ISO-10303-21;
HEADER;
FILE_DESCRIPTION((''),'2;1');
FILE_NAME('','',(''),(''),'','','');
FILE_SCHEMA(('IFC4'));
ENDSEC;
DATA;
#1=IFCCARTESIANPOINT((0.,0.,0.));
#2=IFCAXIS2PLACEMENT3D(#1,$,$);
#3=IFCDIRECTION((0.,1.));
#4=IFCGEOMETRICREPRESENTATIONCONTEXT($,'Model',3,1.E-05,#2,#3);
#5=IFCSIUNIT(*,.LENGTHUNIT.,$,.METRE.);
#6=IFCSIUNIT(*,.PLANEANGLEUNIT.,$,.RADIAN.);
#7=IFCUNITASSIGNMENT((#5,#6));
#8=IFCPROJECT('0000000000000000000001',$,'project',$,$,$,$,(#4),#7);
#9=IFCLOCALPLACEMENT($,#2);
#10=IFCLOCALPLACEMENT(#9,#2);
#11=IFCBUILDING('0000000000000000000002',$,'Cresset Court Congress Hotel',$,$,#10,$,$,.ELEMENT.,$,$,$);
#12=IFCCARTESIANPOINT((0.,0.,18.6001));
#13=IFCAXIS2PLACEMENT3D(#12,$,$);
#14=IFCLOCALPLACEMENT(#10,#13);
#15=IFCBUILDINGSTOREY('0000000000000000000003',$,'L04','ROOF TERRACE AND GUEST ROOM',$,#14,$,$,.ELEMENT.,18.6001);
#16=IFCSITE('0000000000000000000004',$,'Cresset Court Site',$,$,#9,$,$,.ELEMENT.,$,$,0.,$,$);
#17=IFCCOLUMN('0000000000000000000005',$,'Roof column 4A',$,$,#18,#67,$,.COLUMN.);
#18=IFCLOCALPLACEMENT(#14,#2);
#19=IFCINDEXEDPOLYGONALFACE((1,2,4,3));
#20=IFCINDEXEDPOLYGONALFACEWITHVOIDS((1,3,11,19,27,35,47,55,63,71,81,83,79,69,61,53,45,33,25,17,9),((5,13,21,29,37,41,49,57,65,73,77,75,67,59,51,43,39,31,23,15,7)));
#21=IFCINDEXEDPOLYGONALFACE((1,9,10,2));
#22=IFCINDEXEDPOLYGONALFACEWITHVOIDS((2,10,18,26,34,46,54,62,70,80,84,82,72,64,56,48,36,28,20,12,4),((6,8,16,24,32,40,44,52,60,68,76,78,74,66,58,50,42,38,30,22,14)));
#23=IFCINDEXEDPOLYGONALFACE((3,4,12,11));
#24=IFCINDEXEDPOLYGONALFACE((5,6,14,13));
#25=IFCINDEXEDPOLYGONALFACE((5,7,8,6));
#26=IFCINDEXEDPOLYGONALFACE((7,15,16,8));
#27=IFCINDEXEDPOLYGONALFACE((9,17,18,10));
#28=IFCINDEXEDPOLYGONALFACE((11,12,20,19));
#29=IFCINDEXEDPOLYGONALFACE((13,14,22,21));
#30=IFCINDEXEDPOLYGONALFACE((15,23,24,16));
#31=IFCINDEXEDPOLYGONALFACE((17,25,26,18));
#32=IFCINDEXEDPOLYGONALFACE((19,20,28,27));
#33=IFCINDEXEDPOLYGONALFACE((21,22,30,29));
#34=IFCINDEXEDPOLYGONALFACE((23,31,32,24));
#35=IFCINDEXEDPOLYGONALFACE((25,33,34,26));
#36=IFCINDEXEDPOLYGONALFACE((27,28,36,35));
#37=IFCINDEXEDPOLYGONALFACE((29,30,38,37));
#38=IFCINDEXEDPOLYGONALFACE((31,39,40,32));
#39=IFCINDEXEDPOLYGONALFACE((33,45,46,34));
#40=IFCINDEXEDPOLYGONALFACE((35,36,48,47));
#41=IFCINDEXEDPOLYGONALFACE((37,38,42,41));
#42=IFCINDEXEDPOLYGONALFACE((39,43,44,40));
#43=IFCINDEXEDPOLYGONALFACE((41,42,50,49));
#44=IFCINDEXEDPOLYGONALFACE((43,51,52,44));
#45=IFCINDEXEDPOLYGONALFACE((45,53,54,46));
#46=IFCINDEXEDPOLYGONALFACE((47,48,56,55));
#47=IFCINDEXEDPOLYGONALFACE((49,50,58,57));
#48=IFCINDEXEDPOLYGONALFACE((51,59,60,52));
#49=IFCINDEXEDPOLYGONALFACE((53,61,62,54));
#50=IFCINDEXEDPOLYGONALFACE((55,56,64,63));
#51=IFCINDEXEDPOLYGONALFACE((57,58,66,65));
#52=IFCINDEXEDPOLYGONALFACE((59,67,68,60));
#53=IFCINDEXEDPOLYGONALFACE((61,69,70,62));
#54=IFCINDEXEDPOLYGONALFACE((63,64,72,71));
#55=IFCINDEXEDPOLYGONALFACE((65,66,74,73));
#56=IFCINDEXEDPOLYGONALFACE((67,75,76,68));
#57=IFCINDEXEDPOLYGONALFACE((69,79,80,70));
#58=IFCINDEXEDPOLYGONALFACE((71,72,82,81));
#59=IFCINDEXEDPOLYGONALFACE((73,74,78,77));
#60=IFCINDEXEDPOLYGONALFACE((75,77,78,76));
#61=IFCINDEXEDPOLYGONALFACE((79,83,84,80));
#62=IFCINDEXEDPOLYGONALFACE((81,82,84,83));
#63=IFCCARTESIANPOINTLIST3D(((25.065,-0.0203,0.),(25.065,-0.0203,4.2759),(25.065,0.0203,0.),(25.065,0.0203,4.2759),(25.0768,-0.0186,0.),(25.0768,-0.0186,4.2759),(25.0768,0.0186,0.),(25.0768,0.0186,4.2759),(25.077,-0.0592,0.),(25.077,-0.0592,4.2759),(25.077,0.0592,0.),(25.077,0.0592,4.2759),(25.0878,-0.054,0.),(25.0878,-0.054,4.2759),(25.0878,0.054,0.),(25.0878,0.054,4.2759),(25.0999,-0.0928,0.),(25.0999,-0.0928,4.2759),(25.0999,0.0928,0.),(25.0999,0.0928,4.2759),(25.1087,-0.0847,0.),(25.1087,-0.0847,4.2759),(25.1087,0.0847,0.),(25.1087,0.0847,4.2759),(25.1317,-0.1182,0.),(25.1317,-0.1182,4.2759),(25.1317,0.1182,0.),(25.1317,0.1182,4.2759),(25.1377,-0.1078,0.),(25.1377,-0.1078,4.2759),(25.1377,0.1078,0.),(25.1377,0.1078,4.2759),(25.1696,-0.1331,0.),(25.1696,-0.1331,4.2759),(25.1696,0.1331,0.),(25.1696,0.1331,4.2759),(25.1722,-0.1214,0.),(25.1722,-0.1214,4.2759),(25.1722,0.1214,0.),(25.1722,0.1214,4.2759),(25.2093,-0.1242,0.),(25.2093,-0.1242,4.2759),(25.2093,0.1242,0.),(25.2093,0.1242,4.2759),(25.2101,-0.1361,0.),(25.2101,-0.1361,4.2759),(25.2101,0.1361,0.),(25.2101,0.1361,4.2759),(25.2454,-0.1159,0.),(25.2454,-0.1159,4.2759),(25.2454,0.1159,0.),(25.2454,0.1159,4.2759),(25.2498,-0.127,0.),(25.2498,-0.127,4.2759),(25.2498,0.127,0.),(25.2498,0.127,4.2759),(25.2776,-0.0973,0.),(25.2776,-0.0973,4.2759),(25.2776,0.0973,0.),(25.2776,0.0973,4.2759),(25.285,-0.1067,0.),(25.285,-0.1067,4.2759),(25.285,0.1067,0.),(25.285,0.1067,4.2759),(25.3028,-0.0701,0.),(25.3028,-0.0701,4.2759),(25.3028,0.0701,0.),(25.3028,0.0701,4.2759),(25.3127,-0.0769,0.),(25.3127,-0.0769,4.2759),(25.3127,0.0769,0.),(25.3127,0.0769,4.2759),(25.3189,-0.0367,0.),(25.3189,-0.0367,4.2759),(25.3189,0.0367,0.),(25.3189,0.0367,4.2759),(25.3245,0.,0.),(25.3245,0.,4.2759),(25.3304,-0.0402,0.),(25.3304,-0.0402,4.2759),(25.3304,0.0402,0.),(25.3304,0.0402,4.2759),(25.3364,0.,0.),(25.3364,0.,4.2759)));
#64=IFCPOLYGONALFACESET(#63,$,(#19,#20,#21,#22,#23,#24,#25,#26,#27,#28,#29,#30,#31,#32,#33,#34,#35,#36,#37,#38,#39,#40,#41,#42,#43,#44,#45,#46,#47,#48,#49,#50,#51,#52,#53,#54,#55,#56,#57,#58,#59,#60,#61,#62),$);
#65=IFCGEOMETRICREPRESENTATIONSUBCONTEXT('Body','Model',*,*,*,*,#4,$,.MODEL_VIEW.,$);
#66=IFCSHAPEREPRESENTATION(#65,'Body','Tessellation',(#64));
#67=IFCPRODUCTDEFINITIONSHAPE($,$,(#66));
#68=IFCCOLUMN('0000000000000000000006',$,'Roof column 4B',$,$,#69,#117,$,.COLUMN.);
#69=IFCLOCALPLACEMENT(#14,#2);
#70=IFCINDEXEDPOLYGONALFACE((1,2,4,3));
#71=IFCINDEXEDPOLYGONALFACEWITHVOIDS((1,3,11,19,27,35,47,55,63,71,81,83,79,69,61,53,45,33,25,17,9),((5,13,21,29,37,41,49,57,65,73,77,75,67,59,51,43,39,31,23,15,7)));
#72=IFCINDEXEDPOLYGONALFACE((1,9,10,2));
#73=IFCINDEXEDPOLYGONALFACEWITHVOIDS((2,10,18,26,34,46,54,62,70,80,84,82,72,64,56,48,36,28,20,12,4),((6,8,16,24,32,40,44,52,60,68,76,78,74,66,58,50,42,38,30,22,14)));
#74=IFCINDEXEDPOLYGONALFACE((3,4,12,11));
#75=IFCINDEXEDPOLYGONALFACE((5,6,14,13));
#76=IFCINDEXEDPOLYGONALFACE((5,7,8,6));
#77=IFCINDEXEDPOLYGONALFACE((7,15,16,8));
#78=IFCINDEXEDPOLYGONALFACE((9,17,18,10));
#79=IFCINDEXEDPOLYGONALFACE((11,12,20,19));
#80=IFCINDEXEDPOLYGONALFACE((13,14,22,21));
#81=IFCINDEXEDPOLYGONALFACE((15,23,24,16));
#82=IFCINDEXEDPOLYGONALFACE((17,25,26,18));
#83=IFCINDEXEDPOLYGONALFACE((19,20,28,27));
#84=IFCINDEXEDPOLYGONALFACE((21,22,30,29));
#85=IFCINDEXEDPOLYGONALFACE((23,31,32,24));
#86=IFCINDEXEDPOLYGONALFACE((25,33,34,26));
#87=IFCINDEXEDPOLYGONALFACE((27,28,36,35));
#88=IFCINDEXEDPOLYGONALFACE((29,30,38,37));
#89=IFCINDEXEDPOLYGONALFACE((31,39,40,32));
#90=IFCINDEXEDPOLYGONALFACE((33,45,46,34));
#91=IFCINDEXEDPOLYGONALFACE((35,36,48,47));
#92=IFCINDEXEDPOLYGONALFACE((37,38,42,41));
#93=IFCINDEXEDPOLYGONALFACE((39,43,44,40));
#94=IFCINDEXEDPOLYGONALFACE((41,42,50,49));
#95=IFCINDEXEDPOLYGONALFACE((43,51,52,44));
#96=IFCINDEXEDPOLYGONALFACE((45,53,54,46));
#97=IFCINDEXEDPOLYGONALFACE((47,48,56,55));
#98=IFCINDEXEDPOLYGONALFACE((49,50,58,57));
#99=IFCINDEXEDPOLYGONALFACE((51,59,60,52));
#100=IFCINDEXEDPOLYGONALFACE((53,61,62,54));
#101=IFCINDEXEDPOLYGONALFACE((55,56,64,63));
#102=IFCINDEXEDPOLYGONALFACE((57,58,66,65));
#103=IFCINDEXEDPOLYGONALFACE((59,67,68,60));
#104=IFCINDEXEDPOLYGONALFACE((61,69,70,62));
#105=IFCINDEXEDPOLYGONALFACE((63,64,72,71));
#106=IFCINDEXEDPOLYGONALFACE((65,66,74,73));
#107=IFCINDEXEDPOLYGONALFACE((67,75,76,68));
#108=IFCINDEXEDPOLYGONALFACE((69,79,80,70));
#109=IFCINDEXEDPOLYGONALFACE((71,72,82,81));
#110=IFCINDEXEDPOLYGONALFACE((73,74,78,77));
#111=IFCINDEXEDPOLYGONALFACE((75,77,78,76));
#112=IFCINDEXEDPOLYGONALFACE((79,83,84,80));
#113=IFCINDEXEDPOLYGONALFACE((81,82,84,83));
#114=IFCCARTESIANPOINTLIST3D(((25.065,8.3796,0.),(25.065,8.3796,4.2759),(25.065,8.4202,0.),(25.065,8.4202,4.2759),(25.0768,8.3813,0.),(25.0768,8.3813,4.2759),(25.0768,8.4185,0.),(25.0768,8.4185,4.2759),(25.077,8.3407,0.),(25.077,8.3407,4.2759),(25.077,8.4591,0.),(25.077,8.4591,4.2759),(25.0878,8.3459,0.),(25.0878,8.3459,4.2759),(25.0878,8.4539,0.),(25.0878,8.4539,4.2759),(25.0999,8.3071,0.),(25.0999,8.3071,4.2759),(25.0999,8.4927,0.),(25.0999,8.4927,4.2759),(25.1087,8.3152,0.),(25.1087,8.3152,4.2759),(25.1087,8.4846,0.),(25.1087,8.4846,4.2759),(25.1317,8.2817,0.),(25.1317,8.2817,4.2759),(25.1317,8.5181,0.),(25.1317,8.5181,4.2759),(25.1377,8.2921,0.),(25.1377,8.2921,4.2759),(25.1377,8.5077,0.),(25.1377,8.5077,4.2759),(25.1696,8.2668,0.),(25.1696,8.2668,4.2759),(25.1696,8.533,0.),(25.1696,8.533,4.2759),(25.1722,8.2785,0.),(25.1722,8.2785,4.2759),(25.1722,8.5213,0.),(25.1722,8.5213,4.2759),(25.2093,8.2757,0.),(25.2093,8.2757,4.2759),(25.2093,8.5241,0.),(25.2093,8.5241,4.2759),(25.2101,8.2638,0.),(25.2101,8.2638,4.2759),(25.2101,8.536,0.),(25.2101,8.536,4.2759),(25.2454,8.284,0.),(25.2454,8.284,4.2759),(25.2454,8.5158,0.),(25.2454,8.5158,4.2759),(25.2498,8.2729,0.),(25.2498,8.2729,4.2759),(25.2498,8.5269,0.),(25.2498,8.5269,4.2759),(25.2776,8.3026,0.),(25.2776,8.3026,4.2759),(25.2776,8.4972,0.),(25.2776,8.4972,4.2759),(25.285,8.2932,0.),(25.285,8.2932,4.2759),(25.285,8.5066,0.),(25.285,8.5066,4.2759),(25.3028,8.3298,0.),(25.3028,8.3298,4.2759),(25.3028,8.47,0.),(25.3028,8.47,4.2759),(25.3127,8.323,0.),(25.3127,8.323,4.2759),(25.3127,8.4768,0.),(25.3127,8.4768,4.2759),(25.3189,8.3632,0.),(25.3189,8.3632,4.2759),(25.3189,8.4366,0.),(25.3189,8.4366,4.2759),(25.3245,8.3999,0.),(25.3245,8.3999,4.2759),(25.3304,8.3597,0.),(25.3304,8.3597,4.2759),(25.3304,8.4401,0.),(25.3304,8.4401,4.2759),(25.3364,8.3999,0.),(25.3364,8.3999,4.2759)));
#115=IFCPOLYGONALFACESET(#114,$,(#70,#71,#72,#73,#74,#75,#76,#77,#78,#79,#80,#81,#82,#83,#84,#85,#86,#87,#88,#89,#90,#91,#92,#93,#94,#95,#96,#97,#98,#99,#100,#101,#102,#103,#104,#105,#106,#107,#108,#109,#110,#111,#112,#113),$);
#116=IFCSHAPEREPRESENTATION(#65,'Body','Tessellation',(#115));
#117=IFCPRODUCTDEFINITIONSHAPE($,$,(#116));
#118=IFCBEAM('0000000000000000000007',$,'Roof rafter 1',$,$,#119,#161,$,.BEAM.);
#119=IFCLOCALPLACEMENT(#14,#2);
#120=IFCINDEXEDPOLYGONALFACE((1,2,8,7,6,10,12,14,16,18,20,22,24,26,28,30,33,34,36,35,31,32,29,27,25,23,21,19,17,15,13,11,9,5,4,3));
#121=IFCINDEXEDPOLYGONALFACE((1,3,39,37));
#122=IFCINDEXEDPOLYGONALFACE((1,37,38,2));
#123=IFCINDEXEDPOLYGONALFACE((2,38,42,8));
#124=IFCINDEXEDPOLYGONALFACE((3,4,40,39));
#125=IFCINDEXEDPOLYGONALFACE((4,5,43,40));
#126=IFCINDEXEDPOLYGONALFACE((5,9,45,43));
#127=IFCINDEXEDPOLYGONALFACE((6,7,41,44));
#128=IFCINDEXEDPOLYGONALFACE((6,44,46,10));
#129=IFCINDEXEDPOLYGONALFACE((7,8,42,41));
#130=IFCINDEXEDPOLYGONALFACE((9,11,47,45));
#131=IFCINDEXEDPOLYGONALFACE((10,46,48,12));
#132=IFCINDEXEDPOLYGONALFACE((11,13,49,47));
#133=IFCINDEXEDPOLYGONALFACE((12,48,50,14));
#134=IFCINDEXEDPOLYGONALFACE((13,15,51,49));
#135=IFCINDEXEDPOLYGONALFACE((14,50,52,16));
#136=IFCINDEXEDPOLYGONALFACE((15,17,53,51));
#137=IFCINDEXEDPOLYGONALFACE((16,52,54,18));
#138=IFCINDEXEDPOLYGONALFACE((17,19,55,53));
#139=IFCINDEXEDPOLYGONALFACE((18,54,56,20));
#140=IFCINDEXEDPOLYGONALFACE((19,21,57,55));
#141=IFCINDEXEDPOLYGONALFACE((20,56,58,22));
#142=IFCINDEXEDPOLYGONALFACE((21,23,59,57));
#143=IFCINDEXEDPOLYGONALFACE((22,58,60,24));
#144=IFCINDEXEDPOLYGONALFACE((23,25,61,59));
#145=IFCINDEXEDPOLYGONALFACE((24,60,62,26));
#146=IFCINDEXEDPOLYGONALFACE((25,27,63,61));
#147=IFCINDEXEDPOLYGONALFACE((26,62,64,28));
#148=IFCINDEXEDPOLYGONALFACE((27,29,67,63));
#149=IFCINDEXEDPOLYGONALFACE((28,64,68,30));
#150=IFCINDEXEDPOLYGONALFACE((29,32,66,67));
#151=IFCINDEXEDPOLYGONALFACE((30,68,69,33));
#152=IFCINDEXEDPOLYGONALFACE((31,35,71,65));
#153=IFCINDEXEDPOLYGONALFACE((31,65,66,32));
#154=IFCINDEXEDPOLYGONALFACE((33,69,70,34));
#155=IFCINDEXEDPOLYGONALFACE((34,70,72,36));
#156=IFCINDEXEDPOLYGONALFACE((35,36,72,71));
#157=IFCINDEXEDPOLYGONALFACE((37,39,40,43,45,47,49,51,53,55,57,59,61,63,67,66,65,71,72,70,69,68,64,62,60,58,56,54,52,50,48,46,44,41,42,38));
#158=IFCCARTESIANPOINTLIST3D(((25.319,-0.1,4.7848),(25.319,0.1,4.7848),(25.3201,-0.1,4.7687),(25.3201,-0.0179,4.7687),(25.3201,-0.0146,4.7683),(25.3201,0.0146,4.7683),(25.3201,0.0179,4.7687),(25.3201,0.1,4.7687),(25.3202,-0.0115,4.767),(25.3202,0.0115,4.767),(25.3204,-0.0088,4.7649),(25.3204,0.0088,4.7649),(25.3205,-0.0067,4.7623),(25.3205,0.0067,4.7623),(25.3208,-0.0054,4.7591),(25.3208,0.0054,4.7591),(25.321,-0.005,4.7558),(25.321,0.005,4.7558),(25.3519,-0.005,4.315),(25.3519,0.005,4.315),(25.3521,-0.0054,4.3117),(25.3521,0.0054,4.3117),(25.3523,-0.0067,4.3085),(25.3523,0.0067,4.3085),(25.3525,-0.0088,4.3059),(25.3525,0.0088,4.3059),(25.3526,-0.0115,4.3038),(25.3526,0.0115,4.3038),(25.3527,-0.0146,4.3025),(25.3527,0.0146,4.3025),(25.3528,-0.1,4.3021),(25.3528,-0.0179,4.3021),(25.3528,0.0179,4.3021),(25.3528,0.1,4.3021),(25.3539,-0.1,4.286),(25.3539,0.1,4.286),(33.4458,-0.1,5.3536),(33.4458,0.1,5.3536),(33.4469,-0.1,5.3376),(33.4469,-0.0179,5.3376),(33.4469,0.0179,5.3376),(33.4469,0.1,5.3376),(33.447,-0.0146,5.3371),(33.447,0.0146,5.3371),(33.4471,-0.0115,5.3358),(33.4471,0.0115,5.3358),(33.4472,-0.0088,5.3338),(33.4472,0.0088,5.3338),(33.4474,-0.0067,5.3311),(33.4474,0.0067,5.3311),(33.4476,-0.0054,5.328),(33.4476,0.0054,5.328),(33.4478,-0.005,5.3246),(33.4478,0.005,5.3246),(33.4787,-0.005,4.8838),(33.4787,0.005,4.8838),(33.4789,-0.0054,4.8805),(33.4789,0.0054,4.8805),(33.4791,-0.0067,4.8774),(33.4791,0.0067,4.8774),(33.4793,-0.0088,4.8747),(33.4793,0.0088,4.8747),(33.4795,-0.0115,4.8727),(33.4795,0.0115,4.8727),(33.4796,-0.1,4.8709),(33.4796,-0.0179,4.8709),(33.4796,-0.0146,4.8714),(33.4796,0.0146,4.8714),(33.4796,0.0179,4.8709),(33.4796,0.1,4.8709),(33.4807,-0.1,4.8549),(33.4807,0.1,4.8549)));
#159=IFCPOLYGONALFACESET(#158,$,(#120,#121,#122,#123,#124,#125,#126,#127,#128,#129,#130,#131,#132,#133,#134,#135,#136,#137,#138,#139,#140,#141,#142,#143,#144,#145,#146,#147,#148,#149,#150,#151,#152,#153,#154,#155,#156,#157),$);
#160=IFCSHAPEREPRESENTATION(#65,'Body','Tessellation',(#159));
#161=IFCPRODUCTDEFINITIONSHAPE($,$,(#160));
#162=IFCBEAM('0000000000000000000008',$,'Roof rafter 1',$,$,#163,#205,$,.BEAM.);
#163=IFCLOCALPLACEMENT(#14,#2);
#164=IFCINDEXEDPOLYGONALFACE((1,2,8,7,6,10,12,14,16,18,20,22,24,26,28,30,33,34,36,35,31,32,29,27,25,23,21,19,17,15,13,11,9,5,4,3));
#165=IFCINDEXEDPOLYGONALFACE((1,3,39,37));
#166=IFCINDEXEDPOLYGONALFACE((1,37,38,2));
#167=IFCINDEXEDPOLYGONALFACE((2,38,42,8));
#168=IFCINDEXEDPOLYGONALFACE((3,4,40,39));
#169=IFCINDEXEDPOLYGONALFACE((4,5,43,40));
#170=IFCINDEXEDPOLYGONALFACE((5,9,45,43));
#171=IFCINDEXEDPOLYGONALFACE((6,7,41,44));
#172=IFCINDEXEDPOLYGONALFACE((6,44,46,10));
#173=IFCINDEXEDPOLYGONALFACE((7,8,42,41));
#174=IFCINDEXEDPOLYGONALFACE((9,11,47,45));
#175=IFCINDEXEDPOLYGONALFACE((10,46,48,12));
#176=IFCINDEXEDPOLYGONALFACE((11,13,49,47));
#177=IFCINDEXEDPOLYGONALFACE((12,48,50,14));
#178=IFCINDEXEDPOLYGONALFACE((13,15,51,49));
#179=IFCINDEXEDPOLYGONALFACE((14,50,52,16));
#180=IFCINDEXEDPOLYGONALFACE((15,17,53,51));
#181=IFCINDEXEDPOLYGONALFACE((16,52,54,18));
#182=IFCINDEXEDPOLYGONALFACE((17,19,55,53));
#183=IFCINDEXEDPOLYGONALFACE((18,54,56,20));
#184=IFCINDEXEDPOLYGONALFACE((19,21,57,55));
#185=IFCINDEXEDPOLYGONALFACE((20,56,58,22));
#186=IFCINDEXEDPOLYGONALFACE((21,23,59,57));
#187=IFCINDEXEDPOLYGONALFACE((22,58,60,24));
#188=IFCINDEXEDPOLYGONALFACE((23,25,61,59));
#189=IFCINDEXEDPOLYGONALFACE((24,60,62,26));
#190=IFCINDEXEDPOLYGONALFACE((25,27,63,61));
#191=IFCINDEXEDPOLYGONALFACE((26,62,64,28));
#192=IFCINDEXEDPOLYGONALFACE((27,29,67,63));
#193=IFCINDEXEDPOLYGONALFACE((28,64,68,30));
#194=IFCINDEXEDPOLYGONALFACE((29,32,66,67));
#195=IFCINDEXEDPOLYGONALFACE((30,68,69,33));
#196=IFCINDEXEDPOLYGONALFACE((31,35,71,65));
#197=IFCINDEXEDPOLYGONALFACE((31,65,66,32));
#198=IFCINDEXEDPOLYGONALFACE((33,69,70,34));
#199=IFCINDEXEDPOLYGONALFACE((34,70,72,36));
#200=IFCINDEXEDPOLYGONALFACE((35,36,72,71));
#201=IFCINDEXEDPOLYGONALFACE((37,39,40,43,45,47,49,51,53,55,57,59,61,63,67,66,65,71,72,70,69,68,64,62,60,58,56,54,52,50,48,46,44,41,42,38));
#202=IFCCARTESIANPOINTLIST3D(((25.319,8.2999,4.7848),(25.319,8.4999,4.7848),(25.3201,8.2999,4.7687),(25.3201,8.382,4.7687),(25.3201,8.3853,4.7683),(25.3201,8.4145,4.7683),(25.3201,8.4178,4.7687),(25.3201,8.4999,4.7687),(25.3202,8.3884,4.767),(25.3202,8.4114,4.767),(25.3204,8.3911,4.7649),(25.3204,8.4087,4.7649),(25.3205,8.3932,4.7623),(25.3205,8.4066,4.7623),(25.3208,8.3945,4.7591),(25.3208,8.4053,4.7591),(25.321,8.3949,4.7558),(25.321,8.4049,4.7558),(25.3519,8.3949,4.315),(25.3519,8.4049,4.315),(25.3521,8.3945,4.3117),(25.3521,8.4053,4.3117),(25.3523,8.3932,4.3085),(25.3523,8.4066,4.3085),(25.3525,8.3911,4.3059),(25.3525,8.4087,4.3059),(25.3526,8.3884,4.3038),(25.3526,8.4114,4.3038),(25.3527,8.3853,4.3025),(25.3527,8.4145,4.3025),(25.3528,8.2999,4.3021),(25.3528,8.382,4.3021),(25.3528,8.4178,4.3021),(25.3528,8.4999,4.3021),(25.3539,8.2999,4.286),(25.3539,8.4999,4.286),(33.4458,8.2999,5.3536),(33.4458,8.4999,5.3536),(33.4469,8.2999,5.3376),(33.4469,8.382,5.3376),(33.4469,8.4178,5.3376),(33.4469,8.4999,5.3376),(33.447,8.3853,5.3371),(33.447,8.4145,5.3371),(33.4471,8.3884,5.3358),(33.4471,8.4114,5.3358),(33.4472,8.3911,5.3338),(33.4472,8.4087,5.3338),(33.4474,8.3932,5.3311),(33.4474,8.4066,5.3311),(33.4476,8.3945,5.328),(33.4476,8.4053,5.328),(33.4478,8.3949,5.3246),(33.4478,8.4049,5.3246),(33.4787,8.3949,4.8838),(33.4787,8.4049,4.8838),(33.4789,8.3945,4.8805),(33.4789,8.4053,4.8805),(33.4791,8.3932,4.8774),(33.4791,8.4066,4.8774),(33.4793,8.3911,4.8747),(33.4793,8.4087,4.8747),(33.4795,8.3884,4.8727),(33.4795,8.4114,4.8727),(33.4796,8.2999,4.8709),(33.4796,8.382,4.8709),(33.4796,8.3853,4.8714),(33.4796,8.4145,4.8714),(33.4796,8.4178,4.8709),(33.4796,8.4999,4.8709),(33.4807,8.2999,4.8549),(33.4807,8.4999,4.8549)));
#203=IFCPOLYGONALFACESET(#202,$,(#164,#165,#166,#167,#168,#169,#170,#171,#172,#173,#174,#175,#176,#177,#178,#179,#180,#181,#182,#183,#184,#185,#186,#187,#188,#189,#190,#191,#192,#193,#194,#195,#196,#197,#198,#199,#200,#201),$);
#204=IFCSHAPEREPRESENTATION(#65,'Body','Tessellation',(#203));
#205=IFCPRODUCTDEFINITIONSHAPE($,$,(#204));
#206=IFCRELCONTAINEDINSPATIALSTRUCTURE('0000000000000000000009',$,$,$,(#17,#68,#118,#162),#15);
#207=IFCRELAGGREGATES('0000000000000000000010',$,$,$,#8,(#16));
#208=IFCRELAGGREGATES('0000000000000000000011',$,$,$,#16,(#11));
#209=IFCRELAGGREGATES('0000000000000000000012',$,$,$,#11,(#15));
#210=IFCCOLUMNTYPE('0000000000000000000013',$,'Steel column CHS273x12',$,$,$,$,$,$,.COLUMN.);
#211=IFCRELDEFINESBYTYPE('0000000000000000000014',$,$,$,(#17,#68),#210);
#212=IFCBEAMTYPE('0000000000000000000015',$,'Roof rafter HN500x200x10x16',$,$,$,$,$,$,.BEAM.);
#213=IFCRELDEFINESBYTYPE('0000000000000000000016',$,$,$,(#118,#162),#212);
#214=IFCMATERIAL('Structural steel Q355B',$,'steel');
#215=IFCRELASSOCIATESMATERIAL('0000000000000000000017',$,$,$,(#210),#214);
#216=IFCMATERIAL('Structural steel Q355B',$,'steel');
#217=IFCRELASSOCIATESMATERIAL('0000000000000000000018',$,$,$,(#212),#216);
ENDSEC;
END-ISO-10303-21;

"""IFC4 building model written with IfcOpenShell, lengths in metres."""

from ifc_helpers import new_model, si_unit, direction, frame, origin, origin_2d, place, context, subcontext, project, spatial, hollow_circle, i_section, extrude, material, material_profile, profile_set, type_object, element, save


model = new_model("IFC4")

# Units and contexts
model_context = context("Model", 3, precision=1e-05, world=origin(), true_north=direction((0.0, 1.0)))
body_context = subcontext(model_context, "Body", "Model", "MODEL_VIEW")
ifc_project = project(units=[si_unit("LENGTHUNIT", "METRE"), si_unit("PLANEANGLEUNIT", "RADIAN")], contexts=[model_context])

# Site, building, storey
site_placement = place(None, origin())
site = spatial("IfcSite", under=ifc_project, at=site_placement, Name="Cresset Court Site", CompositionType="ELEMENT", RefElevation=0.0)
building_placement = place(site_placement, origin())
building = spatial("IfcBuilding", under=site, at=building_placement, Name="Cresset Court Congress Hotel", CompositionType="ELEMENT")
storey_placement = place(building_placement, frame((0.0, 0.0, 18.6001)))
storey = spatial("IfcBuildingStorey", under=building, at=storey_placement, Name="L04", Description="ROOF TERRACE AND GUEST ROOM", CompositionType="ELEMENT", Elevation=18.6001)

# Columns
ifc_material_1 = material(Name="Structural steel Q355B", Category="steel")
ifc_material_profile_1 = material_profile(ifc_material_1, hollow_circle(Radius=0.1365, WallThickness=0.012, at=origin_2d()), Name="CHS273x12")
ifc_profile_set_1 = profile_set([ifc_material_profile_1], Name="Structural steel Q355B")
column_type = type_object("IfcColumnType", Name="Steel column CHS273x12", PredefinedType="COLUMN", material=ifc_profile_set_1)
for number, where, z_axis, x_axis, name in (
    (1, (25.2, 0.0, 0.0), (0.0, 0.0, 1.0), (1.0, 0.0, 0.0), "Roof column 4A"),
    (2, (25.2, 8.3999, 0.0), (0.0, 0.0, 1.0), (1.0, 0.0, 0.0), "Roof column 4B"),
):
    element("IfcColumn", number, at=place(storey_placement, frame(where, z_axis=z_axis, x_axis=x_axis)), inside=storey, type_object=column_type, Name=name, PredefinedType="COLUMN", context=body_context, shape_type="SweptSolid", body=[
        extrude(hollow_circle(Radius=0.1365, WallThickness=0.012, at=origin_2d()), origin(), (0.0, 0.0, 1.0), 4.2759),
    ])

# Beams
ifc_material_2 = material(Name="Structural steel Q355B", Category="steel")
ifc_material_profile_2 = material_profile(ifc_material_2, i_section(OverallWidth=0.2, OverallDepth=0.5, WebThickness=0.01, FlangeThickness=0.0161, FilletRadius=0.0129, at=origin_2d()), Name="HN500x200x10x16")
ifc_profile_set_2 = profile_set([ifc_material_profile_2], Name="Structural steel Q355B")
beam_type_1 = type_object("IfcBeamType", Name="Roof rafter HN500x200x10x16", PredefinedType="BEAM", material=ifc_profile_set_2)
for number, where, z_axis, x_axis, name in (
    (3, (25.3364, 0.0, 4.5354), (0.997559, 0.0, 0.069824), (0.0, 1.0, 0.0), "Roof rafter 1"),
    (4, (25.3364, 8.3999, 4.5354), (0.997559, 0.0, 0.069824), (0.0, 1.0, 0.0), "Roof rafter 1"),
):
    element("IfcBeam", number, at=place(storey_placement, frame(where, z_axis=z_axis, x_axis=x_axis)), inside=storey, type_object=beam_type_1, Name=name, PredefinedType="BEAM", context=body_context, shape_type="SweptSolid", body=[
        extrude(i_section(OverallWidth=0.2, OverallDepth=0.5, WebThickness=0.01, FlangeThickness=0.0161, FilletRadius=0.0129, at=origin_2d()), origin(), (0.0, 0.0, 1.0), 8.1467),
    ])

save(model, "model.ifc")
